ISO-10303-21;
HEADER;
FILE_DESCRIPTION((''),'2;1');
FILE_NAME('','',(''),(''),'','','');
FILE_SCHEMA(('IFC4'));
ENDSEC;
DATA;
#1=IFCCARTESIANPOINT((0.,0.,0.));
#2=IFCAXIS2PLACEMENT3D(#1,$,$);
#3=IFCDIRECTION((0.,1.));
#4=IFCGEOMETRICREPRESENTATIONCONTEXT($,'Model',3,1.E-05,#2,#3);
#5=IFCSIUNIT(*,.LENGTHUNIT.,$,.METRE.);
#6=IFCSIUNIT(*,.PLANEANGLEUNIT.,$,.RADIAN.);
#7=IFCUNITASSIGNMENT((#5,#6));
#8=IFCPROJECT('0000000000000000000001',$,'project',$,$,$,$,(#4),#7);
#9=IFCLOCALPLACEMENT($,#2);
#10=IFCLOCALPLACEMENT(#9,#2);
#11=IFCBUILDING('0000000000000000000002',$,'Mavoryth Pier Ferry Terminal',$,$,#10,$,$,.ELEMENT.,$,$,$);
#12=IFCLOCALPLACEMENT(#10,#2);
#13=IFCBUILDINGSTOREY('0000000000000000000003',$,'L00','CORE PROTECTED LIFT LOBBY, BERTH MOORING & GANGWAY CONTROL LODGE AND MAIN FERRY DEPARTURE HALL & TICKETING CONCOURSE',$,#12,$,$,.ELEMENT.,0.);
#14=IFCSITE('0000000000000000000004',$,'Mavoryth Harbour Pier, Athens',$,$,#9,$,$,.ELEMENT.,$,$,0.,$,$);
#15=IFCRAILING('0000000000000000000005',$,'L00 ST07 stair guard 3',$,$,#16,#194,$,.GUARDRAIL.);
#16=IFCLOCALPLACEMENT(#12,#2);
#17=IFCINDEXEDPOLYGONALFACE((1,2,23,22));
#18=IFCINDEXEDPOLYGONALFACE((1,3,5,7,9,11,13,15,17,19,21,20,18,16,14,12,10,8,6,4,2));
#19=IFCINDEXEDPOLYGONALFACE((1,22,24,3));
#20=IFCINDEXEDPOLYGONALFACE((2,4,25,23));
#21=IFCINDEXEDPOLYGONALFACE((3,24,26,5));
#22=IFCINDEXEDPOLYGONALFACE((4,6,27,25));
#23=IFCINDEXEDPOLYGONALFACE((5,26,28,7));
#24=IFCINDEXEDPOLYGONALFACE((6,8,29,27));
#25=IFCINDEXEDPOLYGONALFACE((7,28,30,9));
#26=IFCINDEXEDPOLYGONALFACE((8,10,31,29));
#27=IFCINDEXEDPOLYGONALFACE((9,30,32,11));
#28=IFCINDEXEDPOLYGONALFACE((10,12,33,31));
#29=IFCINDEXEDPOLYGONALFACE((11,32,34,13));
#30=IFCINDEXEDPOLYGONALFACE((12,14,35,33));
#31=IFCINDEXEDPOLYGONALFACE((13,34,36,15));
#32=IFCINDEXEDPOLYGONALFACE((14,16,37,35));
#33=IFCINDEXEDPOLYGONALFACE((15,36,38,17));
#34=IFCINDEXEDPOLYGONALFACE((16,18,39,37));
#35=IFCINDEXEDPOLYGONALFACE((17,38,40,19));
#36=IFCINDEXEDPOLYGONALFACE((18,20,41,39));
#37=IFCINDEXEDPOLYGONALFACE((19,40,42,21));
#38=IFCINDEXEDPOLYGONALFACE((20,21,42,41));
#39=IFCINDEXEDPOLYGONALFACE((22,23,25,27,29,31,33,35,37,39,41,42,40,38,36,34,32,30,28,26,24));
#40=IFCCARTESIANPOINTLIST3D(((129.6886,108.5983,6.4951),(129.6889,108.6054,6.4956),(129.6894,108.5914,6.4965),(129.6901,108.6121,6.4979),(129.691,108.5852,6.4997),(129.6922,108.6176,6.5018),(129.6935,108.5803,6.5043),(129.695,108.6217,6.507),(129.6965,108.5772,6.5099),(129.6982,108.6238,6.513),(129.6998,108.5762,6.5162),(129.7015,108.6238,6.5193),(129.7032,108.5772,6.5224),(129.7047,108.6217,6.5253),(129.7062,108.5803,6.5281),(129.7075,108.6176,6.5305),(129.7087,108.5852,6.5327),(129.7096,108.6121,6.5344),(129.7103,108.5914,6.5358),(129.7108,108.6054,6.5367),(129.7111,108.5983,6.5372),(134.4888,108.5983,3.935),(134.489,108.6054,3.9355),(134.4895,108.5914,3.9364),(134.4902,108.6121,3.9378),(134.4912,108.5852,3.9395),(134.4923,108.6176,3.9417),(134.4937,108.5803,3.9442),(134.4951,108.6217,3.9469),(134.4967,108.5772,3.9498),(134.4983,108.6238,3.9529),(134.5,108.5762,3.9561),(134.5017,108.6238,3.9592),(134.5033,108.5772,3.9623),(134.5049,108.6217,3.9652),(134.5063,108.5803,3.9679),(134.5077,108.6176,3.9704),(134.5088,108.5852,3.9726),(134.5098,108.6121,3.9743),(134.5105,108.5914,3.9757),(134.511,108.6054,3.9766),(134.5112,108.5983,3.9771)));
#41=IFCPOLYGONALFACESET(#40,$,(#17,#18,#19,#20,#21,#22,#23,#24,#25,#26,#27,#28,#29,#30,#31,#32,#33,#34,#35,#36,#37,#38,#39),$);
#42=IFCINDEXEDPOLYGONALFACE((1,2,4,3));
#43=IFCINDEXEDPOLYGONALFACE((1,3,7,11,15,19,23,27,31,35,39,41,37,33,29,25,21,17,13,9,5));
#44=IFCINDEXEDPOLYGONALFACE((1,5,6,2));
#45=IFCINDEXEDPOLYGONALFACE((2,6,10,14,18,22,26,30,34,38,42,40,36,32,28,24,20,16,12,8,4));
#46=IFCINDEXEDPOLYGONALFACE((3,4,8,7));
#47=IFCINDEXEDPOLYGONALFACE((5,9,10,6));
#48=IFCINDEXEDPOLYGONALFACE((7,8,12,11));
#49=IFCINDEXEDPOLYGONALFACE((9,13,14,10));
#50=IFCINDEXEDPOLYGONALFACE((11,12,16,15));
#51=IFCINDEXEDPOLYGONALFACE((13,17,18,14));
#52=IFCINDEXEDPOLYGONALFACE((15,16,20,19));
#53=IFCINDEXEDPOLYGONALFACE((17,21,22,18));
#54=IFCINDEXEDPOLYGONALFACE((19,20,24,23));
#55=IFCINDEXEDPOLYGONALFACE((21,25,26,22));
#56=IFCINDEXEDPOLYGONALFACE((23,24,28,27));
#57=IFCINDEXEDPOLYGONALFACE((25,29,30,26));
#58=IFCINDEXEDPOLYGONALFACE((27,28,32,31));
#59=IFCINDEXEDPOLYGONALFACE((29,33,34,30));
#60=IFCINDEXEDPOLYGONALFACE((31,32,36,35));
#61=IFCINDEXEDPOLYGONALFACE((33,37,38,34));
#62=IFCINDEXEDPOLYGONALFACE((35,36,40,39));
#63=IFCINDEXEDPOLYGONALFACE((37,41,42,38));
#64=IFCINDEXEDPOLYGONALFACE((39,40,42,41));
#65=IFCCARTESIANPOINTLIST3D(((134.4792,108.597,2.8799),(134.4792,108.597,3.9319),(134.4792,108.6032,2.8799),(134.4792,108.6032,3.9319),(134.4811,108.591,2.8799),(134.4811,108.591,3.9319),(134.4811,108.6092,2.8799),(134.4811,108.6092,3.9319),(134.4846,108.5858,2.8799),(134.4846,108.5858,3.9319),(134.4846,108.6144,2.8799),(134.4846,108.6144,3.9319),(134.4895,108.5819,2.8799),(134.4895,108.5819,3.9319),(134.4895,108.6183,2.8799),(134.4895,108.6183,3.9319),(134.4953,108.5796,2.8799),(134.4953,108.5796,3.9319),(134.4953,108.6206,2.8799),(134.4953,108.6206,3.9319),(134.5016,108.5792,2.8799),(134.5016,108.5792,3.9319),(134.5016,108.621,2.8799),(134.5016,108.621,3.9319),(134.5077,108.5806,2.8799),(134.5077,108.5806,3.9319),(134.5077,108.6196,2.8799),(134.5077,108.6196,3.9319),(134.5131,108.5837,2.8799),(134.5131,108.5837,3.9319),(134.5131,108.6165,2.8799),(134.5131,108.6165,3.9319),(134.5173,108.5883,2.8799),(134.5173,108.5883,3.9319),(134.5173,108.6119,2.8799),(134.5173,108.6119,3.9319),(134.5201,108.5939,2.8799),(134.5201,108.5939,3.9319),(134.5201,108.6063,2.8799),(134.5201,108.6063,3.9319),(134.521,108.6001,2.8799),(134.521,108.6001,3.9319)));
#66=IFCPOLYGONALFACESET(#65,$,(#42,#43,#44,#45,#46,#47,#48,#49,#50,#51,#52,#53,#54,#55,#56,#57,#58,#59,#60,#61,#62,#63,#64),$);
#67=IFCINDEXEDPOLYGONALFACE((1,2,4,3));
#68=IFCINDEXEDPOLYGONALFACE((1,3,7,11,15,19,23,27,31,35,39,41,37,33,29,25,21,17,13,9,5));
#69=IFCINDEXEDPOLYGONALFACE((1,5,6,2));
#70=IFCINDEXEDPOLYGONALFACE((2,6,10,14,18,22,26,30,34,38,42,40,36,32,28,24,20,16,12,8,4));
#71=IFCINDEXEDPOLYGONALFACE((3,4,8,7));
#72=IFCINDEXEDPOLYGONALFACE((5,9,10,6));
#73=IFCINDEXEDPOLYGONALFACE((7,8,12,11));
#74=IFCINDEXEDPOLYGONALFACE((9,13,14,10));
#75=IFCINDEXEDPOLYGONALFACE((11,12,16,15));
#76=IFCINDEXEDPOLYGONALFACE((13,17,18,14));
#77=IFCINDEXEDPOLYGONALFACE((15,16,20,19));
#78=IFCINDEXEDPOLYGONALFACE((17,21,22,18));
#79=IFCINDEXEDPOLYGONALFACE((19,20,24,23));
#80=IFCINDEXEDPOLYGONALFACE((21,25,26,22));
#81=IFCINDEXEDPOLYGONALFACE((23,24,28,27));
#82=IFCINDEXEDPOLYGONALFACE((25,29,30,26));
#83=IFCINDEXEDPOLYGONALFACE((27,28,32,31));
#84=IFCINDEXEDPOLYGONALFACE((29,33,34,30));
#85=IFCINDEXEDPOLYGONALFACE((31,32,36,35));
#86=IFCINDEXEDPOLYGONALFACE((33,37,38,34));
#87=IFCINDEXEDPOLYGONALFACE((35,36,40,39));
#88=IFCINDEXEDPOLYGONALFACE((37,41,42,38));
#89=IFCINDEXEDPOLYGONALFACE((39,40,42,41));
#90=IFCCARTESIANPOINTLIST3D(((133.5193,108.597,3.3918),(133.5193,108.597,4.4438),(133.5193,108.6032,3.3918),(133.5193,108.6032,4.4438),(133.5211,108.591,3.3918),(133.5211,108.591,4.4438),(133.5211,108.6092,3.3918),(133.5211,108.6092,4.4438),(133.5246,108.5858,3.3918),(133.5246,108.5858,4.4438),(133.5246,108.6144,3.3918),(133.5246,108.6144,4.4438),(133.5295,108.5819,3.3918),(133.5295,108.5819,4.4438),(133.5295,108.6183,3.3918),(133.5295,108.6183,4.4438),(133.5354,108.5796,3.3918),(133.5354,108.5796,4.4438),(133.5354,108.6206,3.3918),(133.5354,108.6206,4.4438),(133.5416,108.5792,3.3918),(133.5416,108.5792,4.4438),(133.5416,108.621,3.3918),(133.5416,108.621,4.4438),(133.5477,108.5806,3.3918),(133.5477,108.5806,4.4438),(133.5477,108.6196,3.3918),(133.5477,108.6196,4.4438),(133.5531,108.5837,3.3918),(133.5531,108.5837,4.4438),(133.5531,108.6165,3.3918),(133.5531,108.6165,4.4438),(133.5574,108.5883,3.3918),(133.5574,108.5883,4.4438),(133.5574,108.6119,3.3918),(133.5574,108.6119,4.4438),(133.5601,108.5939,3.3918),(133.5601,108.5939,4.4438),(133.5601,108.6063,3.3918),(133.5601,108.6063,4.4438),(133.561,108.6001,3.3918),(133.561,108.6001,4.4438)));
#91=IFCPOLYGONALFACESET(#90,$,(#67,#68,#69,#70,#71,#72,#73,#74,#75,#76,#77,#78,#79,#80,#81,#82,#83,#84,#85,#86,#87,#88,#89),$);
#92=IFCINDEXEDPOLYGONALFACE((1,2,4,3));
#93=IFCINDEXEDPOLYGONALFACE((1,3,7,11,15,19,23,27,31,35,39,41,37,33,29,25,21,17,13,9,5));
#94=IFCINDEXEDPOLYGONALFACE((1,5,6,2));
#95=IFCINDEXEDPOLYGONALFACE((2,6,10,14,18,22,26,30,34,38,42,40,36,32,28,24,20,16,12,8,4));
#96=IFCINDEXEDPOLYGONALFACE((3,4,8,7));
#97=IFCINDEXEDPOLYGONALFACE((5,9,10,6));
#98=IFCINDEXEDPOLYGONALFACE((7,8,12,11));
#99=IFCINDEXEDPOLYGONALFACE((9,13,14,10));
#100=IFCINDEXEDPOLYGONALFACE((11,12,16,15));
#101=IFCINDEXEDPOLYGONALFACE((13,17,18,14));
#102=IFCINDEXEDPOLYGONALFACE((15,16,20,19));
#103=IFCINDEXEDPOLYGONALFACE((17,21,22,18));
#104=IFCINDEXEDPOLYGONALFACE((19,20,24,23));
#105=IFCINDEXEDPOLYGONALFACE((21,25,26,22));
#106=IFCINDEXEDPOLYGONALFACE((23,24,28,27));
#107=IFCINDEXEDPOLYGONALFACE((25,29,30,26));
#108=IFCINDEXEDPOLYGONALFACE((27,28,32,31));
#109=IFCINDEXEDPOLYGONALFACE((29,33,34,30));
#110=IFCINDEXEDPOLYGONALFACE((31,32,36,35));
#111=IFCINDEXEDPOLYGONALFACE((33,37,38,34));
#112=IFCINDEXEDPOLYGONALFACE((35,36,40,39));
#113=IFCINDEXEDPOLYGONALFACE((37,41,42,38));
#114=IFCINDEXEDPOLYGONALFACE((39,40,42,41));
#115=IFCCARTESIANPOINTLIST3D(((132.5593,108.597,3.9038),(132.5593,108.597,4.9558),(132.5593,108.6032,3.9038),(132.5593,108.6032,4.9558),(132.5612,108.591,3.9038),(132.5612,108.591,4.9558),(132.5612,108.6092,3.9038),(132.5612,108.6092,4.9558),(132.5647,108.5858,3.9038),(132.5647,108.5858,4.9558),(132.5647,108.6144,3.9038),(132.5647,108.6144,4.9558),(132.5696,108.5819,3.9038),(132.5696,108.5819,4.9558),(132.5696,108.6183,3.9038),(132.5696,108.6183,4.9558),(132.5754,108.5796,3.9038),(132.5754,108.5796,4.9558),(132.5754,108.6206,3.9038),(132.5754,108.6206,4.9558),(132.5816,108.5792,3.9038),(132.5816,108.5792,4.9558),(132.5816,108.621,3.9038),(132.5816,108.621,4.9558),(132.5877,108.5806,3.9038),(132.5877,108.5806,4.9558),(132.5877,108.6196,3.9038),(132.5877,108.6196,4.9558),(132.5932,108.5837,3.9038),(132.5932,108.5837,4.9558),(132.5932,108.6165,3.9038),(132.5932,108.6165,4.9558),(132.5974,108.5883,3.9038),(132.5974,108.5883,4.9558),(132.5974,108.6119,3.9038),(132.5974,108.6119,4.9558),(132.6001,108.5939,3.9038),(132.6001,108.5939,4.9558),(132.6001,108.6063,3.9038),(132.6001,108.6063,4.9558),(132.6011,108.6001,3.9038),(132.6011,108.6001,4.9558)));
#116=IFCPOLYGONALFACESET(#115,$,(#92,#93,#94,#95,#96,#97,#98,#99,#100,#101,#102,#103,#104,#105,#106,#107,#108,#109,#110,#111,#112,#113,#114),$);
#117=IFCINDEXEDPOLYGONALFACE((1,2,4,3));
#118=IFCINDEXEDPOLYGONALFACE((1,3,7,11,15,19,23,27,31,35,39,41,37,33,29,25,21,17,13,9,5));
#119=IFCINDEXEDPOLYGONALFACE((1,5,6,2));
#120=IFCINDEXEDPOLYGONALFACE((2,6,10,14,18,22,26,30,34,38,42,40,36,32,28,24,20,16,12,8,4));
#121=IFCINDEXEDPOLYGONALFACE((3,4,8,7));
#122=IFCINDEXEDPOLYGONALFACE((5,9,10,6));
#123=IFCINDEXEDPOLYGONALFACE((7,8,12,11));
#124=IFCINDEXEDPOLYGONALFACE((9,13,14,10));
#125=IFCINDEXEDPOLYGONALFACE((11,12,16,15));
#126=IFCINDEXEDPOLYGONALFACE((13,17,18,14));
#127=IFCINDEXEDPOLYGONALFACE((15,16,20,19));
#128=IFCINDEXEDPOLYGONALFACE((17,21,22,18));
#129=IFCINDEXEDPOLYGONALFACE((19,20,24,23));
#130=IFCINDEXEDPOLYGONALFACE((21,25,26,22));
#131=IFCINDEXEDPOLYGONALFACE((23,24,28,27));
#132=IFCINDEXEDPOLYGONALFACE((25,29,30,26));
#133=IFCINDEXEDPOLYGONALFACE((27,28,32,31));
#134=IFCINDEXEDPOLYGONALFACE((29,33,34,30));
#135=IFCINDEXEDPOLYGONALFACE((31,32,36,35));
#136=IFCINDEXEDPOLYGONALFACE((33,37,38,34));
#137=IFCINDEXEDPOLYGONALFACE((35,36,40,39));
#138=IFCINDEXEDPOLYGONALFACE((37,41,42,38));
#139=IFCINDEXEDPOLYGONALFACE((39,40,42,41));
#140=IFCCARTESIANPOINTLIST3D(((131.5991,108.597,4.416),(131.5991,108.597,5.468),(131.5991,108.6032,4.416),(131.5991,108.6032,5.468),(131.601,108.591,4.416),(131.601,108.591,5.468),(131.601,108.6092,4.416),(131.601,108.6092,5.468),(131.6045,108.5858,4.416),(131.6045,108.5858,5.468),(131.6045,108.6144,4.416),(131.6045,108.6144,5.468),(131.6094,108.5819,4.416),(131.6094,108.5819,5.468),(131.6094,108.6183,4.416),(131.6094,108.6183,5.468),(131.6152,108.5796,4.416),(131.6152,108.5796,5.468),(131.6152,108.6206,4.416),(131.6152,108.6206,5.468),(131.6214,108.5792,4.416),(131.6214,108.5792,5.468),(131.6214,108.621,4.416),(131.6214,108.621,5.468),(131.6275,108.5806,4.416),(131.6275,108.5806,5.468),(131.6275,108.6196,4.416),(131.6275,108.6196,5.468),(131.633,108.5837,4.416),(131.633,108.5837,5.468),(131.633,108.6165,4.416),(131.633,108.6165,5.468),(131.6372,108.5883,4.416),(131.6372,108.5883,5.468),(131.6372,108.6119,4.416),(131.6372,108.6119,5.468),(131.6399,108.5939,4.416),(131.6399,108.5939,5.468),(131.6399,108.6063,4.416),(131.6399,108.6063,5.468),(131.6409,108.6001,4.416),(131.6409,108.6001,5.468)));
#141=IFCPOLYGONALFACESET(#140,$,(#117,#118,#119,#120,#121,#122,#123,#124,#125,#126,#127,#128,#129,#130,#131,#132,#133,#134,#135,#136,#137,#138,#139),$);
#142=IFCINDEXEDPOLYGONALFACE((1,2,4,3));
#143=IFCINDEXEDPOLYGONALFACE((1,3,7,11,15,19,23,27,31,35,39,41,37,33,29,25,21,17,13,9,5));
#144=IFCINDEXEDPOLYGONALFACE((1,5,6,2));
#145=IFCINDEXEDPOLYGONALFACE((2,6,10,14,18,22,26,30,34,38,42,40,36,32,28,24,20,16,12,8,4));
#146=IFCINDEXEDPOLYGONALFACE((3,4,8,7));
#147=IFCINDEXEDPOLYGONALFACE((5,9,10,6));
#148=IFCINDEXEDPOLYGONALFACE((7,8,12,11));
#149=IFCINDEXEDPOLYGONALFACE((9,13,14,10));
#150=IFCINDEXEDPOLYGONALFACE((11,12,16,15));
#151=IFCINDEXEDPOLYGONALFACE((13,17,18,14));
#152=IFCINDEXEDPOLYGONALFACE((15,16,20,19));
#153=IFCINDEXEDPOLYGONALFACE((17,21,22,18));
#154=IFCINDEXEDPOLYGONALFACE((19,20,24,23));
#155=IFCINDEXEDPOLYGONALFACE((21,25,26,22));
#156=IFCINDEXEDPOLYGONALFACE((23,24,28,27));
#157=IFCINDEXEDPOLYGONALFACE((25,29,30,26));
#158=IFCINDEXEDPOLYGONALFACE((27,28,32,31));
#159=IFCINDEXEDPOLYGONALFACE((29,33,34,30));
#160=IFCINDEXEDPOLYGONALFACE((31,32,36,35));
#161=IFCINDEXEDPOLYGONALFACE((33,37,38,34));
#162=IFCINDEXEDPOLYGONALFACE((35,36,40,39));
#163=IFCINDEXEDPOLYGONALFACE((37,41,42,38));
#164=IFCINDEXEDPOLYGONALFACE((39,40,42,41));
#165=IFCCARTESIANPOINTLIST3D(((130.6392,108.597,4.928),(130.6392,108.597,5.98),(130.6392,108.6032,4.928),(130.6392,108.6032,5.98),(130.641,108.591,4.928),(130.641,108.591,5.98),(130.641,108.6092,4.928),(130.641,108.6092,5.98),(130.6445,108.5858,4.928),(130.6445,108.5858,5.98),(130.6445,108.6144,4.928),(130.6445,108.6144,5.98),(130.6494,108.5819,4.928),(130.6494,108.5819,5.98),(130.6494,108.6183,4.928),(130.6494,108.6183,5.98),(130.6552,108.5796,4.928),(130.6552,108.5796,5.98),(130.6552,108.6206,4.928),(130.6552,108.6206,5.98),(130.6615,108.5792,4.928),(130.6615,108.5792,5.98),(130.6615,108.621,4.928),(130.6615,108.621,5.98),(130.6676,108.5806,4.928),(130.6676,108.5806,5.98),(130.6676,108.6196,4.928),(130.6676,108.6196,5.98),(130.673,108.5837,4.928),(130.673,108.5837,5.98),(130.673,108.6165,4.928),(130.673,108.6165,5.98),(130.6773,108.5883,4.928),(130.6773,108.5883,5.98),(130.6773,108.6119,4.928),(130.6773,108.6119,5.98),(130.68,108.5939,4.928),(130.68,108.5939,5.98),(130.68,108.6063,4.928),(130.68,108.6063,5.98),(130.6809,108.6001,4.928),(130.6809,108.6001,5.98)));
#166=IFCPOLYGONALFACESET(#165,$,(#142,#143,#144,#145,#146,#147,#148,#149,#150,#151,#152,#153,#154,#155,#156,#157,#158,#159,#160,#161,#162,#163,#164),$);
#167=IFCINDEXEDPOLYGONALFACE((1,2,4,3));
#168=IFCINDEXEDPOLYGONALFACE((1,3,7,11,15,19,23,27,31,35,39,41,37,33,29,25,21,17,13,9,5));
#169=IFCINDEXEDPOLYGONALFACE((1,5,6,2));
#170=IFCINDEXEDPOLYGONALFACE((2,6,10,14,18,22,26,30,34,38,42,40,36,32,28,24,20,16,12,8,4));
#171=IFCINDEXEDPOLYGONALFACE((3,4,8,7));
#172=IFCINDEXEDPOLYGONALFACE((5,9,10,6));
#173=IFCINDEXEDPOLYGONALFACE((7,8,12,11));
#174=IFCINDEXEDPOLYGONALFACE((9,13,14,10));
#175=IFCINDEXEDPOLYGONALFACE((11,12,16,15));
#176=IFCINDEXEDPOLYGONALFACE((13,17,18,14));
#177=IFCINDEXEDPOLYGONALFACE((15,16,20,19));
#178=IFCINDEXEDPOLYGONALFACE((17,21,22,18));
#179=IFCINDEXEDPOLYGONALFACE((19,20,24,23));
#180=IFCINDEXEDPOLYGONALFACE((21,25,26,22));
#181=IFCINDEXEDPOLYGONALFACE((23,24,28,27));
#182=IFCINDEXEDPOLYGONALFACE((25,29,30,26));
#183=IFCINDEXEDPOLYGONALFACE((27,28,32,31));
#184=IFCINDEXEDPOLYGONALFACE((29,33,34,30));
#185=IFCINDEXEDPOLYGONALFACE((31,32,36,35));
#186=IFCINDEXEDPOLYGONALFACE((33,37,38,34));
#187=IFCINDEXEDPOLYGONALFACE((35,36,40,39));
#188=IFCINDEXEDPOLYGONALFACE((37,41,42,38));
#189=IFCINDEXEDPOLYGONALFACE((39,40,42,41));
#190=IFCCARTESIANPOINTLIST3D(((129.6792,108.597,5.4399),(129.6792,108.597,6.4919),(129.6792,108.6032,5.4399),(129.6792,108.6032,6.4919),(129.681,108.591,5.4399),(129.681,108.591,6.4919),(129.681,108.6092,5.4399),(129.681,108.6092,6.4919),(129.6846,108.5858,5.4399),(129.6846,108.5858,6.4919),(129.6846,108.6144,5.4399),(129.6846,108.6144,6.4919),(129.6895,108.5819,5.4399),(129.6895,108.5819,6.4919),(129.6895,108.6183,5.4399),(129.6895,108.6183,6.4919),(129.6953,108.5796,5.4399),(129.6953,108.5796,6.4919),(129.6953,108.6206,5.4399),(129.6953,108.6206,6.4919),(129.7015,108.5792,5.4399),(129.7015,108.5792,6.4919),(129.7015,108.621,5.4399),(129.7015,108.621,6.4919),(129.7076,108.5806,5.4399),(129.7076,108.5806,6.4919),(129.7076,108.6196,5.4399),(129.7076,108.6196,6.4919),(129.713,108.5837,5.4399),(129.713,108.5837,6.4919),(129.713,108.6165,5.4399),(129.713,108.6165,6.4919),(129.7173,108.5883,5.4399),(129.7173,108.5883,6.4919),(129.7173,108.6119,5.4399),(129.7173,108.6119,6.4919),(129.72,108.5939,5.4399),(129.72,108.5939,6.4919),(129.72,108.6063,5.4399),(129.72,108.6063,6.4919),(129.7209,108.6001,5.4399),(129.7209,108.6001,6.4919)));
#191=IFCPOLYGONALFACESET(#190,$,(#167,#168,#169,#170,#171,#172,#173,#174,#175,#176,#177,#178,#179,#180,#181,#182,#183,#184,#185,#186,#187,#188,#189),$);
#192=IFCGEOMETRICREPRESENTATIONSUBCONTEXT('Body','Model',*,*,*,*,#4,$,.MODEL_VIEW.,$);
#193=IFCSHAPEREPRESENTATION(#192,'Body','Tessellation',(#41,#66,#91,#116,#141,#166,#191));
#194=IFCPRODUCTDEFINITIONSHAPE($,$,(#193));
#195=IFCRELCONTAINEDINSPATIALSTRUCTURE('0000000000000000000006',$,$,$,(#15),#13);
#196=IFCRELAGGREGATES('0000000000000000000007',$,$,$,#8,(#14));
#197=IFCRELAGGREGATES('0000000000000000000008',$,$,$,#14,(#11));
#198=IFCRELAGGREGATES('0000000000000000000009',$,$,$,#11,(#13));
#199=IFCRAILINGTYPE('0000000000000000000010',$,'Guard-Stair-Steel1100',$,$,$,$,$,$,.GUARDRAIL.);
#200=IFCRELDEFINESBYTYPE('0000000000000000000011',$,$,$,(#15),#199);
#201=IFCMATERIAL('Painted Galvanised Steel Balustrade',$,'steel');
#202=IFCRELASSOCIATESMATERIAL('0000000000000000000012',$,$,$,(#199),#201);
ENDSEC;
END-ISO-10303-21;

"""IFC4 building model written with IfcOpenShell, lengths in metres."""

from ifc_helpers import new_model, si_unit, direction, frame, origin, origin_2d, place, context, subcontext, project, spatial, circle, extrude, material, type_object, element, save


model = new_model("IFC4")

# Units and contexts
model_context = context("Model", 3, precision=1e-05, world=origin(), true_north=direction((0.0, 1.0)))
body_context = subcontext(model_context, "Body", "Model", "MODEL_VIEW")
ifc_project = project(units=[si_unit("LENGTHUNIT", "METRE"), si_unit("PLANEANGLEUNIT", "RADIAN")], contexts=[model_context])

# Site, building, storey
site_placement = place(None, origin())
site = spatial("IfcSite", under=ifc_project, at=site_placement, Name="Mavoryth Harbour Pier, Athens", CompositionType="ELEMENT", RefElevation=0.0)
building_placement = place(site_placement, origin())
building = spatial("IfcBuilding", under=site, at=building_placement, Name="Mavoryth Pier Ferry Terminal", CompositionType="ELEMENT")
storey_placement = place(building_placement, origin())
storey = spatial("IfcBuildingStorey", under=building, at=storey_placement, Name="L00", Description="CORE PROTECTED LIFT LOBBY, BERTH MOORING & GANGWAY CONTROL LODGE AND MAIN FERRY DEPARTURE HALL & TICKETING CONCOURSE", CompositionType="ELEMENT", Elevation=0.0)

# Railing
ifc_material_1 = material(Name="Painted Galvanised Steel Balustrade", Category="steel")
railing_type_1 = type_object("IfcRailingType", Name="Guard-Stair-Steel1100", PredefinedType="GUARDRAIL", material=ifc_material_1)
railing_1_placement = place(storey_placement, frame((134.5, 108.6001, 2.8799)))
element("IfcRailing", 1, at=railing_1_placement, inside=storey, type_object=railing_type_1, Name="L00 ST07 stair guard 3", PredefinedType="GUARDRAIL", context=body_context, shape_type="SweptSolid", body=[
    extrude(circle(Radius=0.0239, at=origin_2d()), frame((0.0, 0.0, 1.0762), z_axis=(-0.88235, 0.0, 0.470593), x_axis=(0.0, -1.0, 0.0)), (0.0, 0.0, 1.0), 5.4402),
    extrude(circle(Radius=0.021, at=origin_2d()), origin(), (0.0, 0.0, 1.0), 1.052),
    extrude(circle(Radius=0.021, at=origin_2d()), frame((-0.96, 0.0, 0.512)), (0.0, 0.0, 1.0), 1.052),
    extrude(circle(Radius=0.021, at=origin_2d()), frame((-1.9199, 0.0, 1.0239)), (0.0, 0.0, 1.0), 1.052),
    extrude(circle(Radius=0.021, at=origin_2d()), frame((-2.8801, 0.0, 1.5361)), (0.0, 0.0, 1.0), 1.052),
    extrude(circle(Radius=0.021, at=origin_2d()), frame((-3.8401, 0.0, 2.0481)), (0.0, 0.0, 1.0), 1.052),
    extrude(circle(Radius=0.021, at=origin_2d()), frame((-4.8, 0.0, 2.5601)), (0.0, 0.0, 1.0), 1.052),
])

save(model, "model.ifc")
